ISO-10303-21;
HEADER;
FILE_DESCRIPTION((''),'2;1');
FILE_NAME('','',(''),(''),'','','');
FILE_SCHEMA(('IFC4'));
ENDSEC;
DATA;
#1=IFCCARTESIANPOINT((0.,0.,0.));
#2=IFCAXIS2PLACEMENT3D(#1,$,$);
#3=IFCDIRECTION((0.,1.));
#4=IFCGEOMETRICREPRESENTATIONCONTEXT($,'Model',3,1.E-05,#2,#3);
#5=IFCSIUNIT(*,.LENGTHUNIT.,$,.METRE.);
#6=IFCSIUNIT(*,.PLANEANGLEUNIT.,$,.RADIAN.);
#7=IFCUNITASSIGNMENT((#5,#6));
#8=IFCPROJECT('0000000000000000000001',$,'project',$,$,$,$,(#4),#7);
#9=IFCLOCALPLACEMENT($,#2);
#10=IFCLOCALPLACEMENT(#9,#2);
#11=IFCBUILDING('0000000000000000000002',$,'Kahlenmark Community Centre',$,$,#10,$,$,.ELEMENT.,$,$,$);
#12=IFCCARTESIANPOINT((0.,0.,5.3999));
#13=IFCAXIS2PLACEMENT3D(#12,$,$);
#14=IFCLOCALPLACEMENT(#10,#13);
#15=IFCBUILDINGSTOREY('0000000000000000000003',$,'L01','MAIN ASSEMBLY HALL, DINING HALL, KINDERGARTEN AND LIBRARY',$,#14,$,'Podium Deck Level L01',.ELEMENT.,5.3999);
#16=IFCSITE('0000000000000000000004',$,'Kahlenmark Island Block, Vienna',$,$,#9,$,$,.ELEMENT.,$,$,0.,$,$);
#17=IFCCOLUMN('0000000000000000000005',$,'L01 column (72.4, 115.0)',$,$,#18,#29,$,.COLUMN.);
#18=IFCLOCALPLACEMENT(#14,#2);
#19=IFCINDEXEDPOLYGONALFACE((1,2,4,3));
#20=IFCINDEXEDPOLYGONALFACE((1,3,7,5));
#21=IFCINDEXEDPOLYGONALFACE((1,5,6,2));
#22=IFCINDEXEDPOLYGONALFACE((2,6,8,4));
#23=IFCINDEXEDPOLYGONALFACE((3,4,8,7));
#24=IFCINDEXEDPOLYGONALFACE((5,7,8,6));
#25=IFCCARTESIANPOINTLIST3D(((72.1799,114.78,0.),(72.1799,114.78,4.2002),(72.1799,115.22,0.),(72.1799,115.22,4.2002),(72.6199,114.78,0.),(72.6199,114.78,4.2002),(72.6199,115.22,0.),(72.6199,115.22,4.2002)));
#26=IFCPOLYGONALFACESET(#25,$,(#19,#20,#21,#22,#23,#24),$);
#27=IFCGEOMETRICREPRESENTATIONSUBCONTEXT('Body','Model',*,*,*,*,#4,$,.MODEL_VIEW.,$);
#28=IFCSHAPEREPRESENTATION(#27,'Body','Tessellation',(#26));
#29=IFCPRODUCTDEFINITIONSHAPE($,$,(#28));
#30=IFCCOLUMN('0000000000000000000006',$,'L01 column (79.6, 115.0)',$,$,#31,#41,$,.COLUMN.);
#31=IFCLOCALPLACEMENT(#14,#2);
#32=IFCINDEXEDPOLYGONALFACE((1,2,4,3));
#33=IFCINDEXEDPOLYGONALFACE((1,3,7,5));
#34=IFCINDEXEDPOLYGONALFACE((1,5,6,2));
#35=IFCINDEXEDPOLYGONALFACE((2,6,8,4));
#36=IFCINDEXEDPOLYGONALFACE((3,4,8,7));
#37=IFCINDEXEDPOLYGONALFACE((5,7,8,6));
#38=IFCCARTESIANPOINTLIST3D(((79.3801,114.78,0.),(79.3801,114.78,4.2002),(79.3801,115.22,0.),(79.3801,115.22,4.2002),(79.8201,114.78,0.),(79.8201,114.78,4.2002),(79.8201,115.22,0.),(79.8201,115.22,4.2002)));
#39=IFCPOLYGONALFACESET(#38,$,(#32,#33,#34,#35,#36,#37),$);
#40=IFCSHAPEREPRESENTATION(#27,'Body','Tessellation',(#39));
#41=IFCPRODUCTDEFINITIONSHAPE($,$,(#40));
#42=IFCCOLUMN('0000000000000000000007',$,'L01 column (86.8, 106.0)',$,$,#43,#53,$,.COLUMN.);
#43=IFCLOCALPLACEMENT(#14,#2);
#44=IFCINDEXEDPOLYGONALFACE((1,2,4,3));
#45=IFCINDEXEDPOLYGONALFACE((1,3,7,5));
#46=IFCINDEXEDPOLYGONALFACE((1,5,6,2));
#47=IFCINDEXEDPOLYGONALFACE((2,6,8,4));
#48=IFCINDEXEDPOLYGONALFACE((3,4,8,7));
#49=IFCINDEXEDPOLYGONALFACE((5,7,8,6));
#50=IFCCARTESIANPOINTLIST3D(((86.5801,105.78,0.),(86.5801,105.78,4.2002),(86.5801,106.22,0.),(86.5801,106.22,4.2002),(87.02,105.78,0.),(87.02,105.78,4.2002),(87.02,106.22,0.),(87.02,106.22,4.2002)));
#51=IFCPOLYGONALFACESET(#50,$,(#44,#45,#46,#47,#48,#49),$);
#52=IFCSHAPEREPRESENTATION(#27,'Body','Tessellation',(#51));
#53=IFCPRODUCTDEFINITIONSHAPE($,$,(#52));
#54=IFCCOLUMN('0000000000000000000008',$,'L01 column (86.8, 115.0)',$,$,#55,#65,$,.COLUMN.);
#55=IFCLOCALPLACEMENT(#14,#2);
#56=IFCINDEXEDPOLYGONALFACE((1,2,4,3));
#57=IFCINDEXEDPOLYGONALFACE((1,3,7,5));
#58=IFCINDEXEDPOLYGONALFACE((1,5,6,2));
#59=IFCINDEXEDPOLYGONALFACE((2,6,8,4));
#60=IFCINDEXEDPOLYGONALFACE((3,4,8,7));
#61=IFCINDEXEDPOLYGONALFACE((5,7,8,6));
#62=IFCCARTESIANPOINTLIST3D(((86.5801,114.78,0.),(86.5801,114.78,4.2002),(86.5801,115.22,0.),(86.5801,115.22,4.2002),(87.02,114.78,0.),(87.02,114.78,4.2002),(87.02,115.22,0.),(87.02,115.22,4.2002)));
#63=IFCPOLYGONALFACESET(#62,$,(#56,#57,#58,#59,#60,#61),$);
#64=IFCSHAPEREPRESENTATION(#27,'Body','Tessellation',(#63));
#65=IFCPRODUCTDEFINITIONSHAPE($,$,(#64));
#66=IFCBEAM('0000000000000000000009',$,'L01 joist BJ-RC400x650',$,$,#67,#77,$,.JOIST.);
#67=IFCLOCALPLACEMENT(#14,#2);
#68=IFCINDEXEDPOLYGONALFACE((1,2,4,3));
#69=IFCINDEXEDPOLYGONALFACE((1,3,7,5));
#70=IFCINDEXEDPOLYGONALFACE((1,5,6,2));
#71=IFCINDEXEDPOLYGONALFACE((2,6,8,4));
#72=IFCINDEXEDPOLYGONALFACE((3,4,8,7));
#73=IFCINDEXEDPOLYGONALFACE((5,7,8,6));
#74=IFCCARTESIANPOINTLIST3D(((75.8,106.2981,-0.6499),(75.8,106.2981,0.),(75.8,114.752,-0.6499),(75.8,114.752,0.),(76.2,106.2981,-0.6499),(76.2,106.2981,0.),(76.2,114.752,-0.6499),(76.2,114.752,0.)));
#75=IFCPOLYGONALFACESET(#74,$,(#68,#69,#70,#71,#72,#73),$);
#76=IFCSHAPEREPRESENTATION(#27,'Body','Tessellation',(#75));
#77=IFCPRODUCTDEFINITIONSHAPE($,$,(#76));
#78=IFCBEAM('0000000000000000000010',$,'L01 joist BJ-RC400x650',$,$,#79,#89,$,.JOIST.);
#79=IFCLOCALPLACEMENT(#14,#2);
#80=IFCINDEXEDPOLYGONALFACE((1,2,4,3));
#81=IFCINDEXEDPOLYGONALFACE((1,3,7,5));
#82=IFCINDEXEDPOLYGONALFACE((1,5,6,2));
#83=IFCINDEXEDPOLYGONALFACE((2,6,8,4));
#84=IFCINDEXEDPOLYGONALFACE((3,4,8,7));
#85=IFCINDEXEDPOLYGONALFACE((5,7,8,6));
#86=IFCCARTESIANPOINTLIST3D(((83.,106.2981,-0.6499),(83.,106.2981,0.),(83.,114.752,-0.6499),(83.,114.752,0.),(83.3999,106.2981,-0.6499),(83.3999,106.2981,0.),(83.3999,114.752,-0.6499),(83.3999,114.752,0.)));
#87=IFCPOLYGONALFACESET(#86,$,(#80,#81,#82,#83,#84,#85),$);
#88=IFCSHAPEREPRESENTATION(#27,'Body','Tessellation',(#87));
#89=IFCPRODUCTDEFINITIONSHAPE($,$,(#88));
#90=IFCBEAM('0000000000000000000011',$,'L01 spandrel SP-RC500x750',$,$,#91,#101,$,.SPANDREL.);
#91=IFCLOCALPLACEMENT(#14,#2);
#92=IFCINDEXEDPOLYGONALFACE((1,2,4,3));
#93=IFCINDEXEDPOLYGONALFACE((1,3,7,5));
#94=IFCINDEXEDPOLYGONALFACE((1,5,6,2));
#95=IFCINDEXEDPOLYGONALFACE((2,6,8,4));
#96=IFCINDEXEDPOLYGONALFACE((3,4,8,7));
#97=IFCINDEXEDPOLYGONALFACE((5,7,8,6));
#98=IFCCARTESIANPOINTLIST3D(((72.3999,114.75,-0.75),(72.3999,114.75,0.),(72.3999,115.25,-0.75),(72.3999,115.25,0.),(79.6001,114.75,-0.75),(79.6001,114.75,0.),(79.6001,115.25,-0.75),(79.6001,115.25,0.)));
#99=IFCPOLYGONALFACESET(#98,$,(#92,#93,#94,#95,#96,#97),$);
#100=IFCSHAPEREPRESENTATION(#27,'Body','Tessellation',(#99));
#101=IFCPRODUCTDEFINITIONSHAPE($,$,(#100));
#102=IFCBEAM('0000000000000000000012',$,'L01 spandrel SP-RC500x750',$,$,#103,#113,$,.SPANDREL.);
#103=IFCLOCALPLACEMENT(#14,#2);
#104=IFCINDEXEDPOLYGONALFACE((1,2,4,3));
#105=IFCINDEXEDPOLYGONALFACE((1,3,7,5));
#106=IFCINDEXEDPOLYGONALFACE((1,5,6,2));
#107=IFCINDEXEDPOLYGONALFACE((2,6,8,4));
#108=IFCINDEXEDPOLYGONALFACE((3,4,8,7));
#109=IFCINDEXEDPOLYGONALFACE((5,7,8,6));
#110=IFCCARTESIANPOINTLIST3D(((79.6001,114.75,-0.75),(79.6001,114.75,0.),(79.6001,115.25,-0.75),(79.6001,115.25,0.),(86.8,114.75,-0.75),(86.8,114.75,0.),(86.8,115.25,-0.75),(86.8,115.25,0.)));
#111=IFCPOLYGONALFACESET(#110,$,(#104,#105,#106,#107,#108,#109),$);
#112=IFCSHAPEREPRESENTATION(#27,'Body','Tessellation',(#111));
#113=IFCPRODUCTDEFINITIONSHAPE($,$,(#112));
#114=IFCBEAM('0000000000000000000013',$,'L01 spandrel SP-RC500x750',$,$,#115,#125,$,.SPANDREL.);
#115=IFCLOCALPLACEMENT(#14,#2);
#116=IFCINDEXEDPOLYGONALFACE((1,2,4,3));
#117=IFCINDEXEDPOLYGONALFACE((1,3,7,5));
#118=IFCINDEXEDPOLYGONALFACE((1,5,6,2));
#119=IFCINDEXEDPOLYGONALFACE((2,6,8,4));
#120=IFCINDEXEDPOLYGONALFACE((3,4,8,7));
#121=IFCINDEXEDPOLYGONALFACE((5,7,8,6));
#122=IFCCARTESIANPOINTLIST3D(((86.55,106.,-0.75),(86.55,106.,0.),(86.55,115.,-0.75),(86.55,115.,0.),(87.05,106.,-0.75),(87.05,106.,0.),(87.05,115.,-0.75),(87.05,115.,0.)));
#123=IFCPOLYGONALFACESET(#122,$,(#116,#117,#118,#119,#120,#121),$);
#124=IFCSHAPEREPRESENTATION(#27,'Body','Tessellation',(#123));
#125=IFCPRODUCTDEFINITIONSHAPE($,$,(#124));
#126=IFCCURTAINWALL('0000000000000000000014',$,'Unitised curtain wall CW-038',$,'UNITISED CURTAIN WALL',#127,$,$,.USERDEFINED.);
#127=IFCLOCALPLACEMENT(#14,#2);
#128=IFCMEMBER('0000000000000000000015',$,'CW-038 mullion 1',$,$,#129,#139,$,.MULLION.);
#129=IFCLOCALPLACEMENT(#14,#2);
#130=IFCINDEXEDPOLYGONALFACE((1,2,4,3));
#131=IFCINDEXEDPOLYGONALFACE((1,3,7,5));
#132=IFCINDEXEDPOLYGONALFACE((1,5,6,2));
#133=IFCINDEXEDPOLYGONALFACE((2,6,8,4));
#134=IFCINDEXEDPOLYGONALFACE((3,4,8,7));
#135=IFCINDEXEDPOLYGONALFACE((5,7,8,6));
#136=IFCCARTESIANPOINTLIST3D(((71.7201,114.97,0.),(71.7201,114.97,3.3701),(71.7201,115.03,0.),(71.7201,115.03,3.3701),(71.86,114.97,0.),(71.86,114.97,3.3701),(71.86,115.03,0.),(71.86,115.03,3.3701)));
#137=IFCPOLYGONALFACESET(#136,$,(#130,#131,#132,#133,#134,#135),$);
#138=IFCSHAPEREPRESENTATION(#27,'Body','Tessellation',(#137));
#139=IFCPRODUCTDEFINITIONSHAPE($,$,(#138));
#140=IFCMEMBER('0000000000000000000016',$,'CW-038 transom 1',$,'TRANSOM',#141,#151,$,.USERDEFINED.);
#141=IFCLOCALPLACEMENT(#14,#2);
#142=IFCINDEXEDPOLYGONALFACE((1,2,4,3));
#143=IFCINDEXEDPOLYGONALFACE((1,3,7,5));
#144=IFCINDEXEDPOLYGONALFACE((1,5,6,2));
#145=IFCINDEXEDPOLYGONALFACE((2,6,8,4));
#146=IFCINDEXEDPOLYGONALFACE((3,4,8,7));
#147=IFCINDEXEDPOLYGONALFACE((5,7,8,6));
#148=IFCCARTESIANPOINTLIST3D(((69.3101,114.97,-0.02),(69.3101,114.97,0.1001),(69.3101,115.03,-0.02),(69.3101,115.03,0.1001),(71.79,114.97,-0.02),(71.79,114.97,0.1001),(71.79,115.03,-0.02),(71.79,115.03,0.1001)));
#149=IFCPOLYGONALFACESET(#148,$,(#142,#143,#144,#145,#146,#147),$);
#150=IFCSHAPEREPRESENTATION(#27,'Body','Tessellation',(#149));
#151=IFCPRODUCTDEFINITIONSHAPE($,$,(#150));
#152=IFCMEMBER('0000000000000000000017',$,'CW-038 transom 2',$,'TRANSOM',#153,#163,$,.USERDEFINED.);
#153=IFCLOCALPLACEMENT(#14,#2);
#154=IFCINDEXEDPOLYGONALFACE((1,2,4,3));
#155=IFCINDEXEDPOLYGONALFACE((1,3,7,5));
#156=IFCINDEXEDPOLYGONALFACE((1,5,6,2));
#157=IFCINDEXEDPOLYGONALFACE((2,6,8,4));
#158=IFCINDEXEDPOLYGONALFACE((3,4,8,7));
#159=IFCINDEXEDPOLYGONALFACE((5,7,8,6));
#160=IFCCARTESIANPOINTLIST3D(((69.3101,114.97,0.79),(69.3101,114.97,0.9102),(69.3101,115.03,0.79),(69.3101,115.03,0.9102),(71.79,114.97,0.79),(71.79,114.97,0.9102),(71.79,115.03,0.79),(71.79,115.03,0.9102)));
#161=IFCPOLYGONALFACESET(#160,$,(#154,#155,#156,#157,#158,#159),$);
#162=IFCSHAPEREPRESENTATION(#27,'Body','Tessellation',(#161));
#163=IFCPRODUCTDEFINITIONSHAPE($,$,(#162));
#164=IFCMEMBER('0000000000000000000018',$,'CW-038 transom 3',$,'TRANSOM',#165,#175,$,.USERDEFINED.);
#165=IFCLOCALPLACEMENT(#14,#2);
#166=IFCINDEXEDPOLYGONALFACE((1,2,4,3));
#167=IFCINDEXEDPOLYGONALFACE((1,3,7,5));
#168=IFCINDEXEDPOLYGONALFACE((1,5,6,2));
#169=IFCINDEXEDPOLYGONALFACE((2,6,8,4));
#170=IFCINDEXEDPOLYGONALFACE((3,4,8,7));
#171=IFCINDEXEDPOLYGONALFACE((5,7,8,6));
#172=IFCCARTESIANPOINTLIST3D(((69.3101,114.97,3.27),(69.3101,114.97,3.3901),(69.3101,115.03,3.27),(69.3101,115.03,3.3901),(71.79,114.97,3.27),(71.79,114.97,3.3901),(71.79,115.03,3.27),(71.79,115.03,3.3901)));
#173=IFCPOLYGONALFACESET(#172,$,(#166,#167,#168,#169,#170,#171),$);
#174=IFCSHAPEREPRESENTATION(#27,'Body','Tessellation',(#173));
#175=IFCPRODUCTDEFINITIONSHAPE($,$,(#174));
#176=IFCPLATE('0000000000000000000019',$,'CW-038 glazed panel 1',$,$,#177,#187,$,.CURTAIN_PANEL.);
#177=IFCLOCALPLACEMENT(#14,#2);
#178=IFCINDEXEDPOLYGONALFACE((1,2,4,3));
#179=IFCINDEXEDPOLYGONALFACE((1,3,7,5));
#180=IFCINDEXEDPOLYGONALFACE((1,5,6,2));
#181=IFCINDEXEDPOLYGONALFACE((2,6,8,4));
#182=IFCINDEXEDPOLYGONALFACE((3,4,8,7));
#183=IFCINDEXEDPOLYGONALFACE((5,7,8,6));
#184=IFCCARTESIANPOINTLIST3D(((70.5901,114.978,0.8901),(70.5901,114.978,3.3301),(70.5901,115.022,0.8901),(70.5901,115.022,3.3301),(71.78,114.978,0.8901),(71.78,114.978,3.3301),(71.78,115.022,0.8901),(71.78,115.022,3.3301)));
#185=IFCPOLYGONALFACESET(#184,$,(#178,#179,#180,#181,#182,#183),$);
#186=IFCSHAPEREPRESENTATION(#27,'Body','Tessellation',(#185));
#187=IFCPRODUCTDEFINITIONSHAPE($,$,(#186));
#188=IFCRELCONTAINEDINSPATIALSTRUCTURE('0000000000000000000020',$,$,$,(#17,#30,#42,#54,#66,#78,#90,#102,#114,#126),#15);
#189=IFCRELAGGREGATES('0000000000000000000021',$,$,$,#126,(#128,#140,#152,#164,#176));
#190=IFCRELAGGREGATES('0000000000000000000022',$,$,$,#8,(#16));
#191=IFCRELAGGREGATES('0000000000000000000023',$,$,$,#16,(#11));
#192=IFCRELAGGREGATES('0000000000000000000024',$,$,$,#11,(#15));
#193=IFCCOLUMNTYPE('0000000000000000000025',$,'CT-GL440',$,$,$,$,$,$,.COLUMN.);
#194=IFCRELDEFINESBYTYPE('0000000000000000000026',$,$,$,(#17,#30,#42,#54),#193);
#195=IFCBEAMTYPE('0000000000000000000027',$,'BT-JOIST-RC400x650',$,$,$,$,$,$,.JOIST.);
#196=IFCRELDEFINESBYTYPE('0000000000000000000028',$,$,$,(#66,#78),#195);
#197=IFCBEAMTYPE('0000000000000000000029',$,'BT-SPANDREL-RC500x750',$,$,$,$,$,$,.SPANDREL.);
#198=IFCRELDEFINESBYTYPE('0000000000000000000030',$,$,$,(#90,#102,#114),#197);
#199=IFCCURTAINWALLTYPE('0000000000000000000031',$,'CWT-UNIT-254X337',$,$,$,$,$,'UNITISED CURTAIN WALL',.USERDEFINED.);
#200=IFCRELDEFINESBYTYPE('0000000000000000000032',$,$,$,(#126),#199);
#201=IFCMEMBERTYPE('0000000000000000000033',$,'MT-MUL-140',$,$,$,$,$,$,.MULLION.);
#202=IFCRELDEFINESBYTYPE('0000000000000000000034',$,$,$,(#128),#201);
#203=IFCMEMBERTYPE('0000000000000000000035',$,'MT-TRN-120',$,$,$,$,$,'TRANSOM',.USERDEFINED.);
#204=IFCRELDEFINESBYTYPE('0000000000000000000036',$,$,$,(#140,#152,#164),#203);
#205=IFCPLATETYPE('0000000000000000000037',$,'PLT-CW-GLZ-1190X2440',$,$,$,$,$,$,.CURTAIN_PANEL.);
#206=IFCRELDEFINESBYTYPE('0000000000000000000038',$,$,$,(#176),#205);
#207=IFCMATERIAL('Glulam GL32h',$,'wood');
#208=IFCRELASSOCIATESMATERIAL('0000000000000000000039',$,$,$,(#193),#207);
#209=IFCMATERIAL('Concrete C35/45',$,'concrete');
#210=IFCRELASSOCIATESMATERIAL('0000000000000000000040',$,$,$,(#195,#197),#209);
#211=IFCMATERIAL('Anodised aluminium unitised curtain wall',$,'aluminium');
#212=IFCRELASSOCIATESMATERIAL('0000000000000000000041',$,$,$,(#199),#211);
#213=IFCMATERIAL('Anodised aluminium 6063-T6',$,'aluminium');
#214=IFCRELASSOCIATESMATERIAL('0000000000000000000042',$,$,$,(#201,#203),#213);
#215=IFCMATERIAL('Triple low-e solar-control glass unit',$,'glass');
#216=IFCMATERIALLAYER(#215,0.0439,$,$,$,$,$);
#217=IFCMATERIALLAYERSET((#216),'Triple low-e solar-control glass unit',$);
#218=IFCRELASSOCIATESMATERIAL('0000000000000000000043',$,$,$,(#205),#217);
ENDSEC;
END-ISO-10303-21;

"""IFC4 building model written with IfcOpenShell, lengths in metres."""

from ifc_helpers import new_model, si_unit, direction, frame, origin, origin_2d, place, context, subcontext, project, spatial, rectangle, extrude, material, layer, layer_set, material_profile, profile_set, type_object, element, aggregate, save


model = new_model("IFC4")

# Units and contexts
model_context = context("Model", 3, precision=1e-05, world=origin(), true_north=direction((0.0, 1.0)))
body_context = subcontext(model_context, "Body", "Model", "MODEL_VIEW")
ifc_project = project(units=[si_unit("LENGTHUNIT", "METRE"), si_unit("PLANEANGLEUNIT", "RADIAN")], contexts=[model_context])

# Site, building, storey
site_placement = place(None, origin())
site = spatial("IfcSite", under=ifc_project, at=site_placement, Name="Kahlenmark Island Block, Vienna", CompositionType="ELEMENT", RefElevation=0.0)
building_placement = place(site_placement, origin())
building = spatial("IfcBuilding", under=site, at=building_placement, Name="Kahlenmark Community Centre", CompositionType="ELEMENT")
storey_placement = place(building_placement, frame((0.0, 0.0, 5.3999)))
storey = spatial("IfcBuildingStorey", under=building, at=storey_placement, Name="L01", Description="MAIN ASSEMBLY HALL, DINING HALL, KINDERGARTEN AND LIBRARY", LongName="Podium Deck Level L01", CompositionType="ELEMENT", Elevation=5.3999)

# Columns
ifc_material_1 = material(Name="Glulam GL32h", Category="wood")
ifc_material_profile_1 = material_profile(ifc_material_1, rectangle(XDim=0.4399, YDim=0.4399, at=origin_2d()), Name="GL32h 440x440")
ifc_profile_set_1 = profile_set([ifc_material_profile_1], Name="Glulam GL32h")
column_type = type_object("IfcColumnType", Name="CT-GL440", PredefinedType="COLUMN", material=ifc_profile_set_1)
for number, where, z_axis, x_axis, name in (
    (1, (72.3999, 115.0, 0.0), (0.0, 0.0, 1.0), (1.0, 0.0, 0.0), "L01 column (72.4, 115.0)"),
    (2, (79.6001, 115.0, 0.0), (0.0, 0.0, 1.0), (1.0, 0.0, 0.0), "L01 column (79.6, 115.0)"),
    (3, (86.8, 106.0, 0.0), (0.0, 0.0, 1.0), (1.0, 0.0, 0.0), "L01 column (86.8, 106.0)"),
    (4, (86.8, 115.0, 0.0), (0.0, 0.0, 1.0), (1.0, 0.0, 0.0), "L01 column (86.8, 115.0)"),
):
    element("IfcColumn", number, at=place(storey_placement, frame(where, z_axis=z_axis, x_axis=x_axis)), inside=storey, type_object=column_type, Name=name, PredefinedType="COLUMN", context=body_context, shape_type="SweptSolid", body=[
        extrude(rectangle(XDim=0.4399, YDim=0.4399, at=origin_2d()), origin(), (0.0, 0.0, 1.0), 4.2002),
    ])

# Beams
ifc_material_2 = material(Name="Concrete C35/45", Category="concrete")
ifc_material_profile_2 = material_profile(ifc_material_2, rectangle(XDim=0.3999, YDim=0.6499, at=origin_2d()), Name="RC 400x650")
ifc_profile_set_2 = profile_set([ifc_material_profile_2], Name="Concrete C35/45")
beam_type_1 = type_object("IfcBeamType", Name="BT-JOIST-RC400x650", PredefinedType="JOIST", material=ifc_profile_set_2)
for number, where, z_axis, x_axis, name in (
    (5, (76.0, 106.2981, -0.325), (0.0, 1.0, 0.0), (-1.0, 0.0, 0.0), "L01 joist BJ-RC400x650"),
    (6, (83.2, 106.2981, -0.325), (0.0, 1.0, 0.0), (-1.0, 0.0, 0.0), "L01 joist BJ-RC400x650"),
):
    element("IfcBeam", number, at=place(storey_placement, frame(where, z_axis=z_axis, x_axis=x_axis)), inside=storey, type_object=beam_type_1, Name=name, PredefinedType="JOIST", context=body_context, shape_type="SweptSolid", body=[
        extrude(rectangle(XDim=0.3999, YDim=0.6499, at=origin_2d()), origin(), (0.0, 0.0, 1.0), 8.4539),
    ])
ifc_material_profile_3 = material_profile(ifc_material_2, rectangle(XDim=0.5, YDim=0.75, at=origin_2d()), Name="RC 500x750")
ifc_profile_set_3 = profile_set([ifc_material_profile_3], Name="Concrete C35/45")
beam_type_2 = type_object("IfcBeamType", Name="BT-SPANDREL-RC500x750", PredefinedType="SPANDREL", material=ifc_profile_set_3)
beam_1_placement = place(storey_placement, frame((72.3999, 115.0, -0.375), z_axis=(1.0, 0.0, 0.0), x_axis=(0.0, 1.0, 0.0)))
element("IfcBeam", 7, at=beam_1_placement, inside=storey, type_object=beam_type_2, Name="L01 spandrel SP-RC500x750", PredefinedType="SPANDREL", context=body_context, shape_type="SweptSolid", body=[
    extrude(rectangle(XDim=0.5, YDim=0.75, at=origin_2d()), origin(), (0.0, 0.0, 1.0), 7.2002),
])
beam_2_placement = place(storey_placement, frame((79.6001, 115.0, -0.375), z_axis=(1.0, 0.0, 0.0), x_axis=(0.0, 1.0, 0.0)))
element("IfcBeam", 8, at=beam_2_placement, inside=storey, type_object=beam_type_2, Name="L01 spandrel SP-RC500x750", PredefinedType="SPANDREL", context=body_context, shape_type="SweptSolid", body=[
    extrude(rectangle(XDim=0.5, YDim=0.75, at=origin_2d()), origin(), (0.0, 0.0, 1.0), 7.2),
])
beam_3_placement = place(storey_placement, frame((86.8, 106.0, -0.375), z_axis=(0.0, 1.0, 0.0), x_axis=(-1.0, 0.0, 0.0)))
element("IfcBeam", 9, at=beam_3_placement, inside=storey, type_object=beam_type_2, Name="L01 spandrel SP-RC500x750", PredefinedType="SPANDREL", context=body_context, shape_type="SweptSolid", body=[
    extrude(rectangle(XDim=0.5, YDim=0.75, at=origin_2d()), origin(), (0.0, 0.0, 1.0), 9.0),
])

# Curtain wall, members, plate
ifc_material_3 = material(Name="Anodised aluminium unitised curtain wall", Category="aluminium")
curtain_wall_type = type_object("IfcCurtainWallType", Name="CWT-UNIT-254X337", ElementType="UNITISED CURTAIN WALL", PredefinedType="USERDEFINED", material=ifc_material_3)
curtain_wall_placement = place(storey_placement, origin())
curtain_wall = element("IfcCurtainWall", 10, at=curtain_wall_placement, inside=storey, type_object=curtain_wall_type, Name="Unitised curtain wall CW-038", ObjectType="UNITISED CURTAIN WALL", PredefinedType="USERDEFINED")
ifc_material_4 = material(Name="Anodised aluminium 6063-T6", Category="aluminium")
ifc_material_profile_4 = material_profile(ifc_material_4, rectangle(XDim=0.0601, YDim=0.1399, at=origin_2d()), Name="ALU MULLION 60x140")
ifc_profile_set_4 = profile_set([ifc_material_profile_4], Name="Anodised aluminium 6063-T6")
member_type_1 = type_object("IfcMemberType", Name="MT-MUL-140", PredefinedType="MULLION", material=ifc_profile_set_4)
member_1_placement = place(storey_placement, frame((71.79, 115.0, 0.0), z_axis=(0.0, 0.0, 1.0), x_axis=(0.0, -1.0, 0.0)))
member_1 = element("IfcMember", 11, at=member_1_placement, type_object=member_type_1, Name="CW-038 mullion 1", PredefinedType="MULLION", context=body_context, shape_type="SweptSolid", body=[
    extrude(rectangle(XDim=0.0601, YDim=0.1399, at=origin_2d()), origin(), (0.0, 0.0, 1.0), 3.3701),
])
ifc_material_profile_5 = material_profile(ifc_material_4, rectangle(XDim=0.0601, YDim=0.1201, at=origin_2d()), Name="ALU TRANSOM 60x120")
ifc_profile_set_5 = profile_set([ifc_material_profile_5], Name="Anodised aluminium 6063-T6")
member_type_2 = type_object("IfcMemberType", Name="MT-TRN-120", ElementType="TRANSOM", PredefinedType="USERDEFINED", material=ifc_profile_set_5)
member_2_placement = place(storey_placement, frame((71.79, 115.0, 0.04), z_axis=(-1.0, 0.0, 0.0), x_axis=(0.0, -1.0, 0.0)))
member_2 = element("IfcMember", 12, at=member_2_placement, type_object=member_type_2, Name="CW-038 transom 1", ObjectType="TRANSOM", PredefinedType="USERDEFINED", context=body_context, shape_type="SweptSolid", body=[
    extrude(rectangle(XDim=0.0601, YDim=0.1201, at=origin_2d()), origin(), (0.0, 0.0, 1.0), 2.48),
])
member_3_placement = place(storey_placement, frame((71.79, 115.0, 0.8501), z_axis=(-1.0, 0.0, 0.0), x_axis=(0.0, -1.0, 0.0)))
member_3 = element("IfcMember", 13, at=member_3_placement, type_object=member_type_2, Name="CW-038 transom 2", ObjectType="TRANSOM", PredefinedType="USERDEFINED", context=body_context, shape_type="SweptSolid", body=[
    extrude(rectangle(XDim=0.0601, YDim=0.1201, at=origin_2d()), origin(), (0.0, 0.0, 1.0), 2.48),
])
member_4_placement = place(storey_placement, frame((71.79, 115.0, 3.3301), z_axis=(-1.0, 0.0, 0.0), x_axis=(0.0, -1.0, 0.0)))
member_4 = element("IfcMember", 14, at=member_4_placement, type_object=member_type_2, Name="CW-038 transom 3", ObjectType="TRANSOM", PredefinedType="USERDEFINED", context=body_context, shape_type="SweptSolid", body=[
    extrude(rectangle(XDim=0.0601, YDim=0.1201, at=origin_2d()), origin(), (0.0, 0.0, 1.0), 2.48),
])
ifc_material_5 = material(Name="Triple low-e solar-control glass unit", Category="glass")
ifc_layer_1 = layer(ifc_material_5, 0.0439)
ifc_layer_set_1 = layer_set([ifc_layer_1], Name="Triple low-e solar-control glass unit")
plate_type_1 = type_object("IfcPlateType", Name="PLT-CW-GLZ-1190X2440", PredefinedType="CURTAIN_PANEL", material=ifc_layer_set_1)
plate_1_placement = place(storey_placement, frame((71.1851, 115.0, 0.8901), z_axis=(0.0, 0.0, 1.0), x_axis=(-1.0, 0.0, 0.0)))
plate_1 = element("IfcPlate", 15, at=plate_1_placement, type_object=plate_type_1, Name="CW-038 glazed panel 1", PredefinedType="CURTAIN_PANEL", context=body_context, shape_type="SweptSolid", body=[
    extrude(rectangle(XDim=1.1899, YDim=0.0439, at=origin_2d()), origin(), (0.0, 0.0, 1.0), 2.4399),
])
aggregate(curtain_wall, [member_1, member_2, member_3, member_4, plate_1])

save(model, "model.ifc")
